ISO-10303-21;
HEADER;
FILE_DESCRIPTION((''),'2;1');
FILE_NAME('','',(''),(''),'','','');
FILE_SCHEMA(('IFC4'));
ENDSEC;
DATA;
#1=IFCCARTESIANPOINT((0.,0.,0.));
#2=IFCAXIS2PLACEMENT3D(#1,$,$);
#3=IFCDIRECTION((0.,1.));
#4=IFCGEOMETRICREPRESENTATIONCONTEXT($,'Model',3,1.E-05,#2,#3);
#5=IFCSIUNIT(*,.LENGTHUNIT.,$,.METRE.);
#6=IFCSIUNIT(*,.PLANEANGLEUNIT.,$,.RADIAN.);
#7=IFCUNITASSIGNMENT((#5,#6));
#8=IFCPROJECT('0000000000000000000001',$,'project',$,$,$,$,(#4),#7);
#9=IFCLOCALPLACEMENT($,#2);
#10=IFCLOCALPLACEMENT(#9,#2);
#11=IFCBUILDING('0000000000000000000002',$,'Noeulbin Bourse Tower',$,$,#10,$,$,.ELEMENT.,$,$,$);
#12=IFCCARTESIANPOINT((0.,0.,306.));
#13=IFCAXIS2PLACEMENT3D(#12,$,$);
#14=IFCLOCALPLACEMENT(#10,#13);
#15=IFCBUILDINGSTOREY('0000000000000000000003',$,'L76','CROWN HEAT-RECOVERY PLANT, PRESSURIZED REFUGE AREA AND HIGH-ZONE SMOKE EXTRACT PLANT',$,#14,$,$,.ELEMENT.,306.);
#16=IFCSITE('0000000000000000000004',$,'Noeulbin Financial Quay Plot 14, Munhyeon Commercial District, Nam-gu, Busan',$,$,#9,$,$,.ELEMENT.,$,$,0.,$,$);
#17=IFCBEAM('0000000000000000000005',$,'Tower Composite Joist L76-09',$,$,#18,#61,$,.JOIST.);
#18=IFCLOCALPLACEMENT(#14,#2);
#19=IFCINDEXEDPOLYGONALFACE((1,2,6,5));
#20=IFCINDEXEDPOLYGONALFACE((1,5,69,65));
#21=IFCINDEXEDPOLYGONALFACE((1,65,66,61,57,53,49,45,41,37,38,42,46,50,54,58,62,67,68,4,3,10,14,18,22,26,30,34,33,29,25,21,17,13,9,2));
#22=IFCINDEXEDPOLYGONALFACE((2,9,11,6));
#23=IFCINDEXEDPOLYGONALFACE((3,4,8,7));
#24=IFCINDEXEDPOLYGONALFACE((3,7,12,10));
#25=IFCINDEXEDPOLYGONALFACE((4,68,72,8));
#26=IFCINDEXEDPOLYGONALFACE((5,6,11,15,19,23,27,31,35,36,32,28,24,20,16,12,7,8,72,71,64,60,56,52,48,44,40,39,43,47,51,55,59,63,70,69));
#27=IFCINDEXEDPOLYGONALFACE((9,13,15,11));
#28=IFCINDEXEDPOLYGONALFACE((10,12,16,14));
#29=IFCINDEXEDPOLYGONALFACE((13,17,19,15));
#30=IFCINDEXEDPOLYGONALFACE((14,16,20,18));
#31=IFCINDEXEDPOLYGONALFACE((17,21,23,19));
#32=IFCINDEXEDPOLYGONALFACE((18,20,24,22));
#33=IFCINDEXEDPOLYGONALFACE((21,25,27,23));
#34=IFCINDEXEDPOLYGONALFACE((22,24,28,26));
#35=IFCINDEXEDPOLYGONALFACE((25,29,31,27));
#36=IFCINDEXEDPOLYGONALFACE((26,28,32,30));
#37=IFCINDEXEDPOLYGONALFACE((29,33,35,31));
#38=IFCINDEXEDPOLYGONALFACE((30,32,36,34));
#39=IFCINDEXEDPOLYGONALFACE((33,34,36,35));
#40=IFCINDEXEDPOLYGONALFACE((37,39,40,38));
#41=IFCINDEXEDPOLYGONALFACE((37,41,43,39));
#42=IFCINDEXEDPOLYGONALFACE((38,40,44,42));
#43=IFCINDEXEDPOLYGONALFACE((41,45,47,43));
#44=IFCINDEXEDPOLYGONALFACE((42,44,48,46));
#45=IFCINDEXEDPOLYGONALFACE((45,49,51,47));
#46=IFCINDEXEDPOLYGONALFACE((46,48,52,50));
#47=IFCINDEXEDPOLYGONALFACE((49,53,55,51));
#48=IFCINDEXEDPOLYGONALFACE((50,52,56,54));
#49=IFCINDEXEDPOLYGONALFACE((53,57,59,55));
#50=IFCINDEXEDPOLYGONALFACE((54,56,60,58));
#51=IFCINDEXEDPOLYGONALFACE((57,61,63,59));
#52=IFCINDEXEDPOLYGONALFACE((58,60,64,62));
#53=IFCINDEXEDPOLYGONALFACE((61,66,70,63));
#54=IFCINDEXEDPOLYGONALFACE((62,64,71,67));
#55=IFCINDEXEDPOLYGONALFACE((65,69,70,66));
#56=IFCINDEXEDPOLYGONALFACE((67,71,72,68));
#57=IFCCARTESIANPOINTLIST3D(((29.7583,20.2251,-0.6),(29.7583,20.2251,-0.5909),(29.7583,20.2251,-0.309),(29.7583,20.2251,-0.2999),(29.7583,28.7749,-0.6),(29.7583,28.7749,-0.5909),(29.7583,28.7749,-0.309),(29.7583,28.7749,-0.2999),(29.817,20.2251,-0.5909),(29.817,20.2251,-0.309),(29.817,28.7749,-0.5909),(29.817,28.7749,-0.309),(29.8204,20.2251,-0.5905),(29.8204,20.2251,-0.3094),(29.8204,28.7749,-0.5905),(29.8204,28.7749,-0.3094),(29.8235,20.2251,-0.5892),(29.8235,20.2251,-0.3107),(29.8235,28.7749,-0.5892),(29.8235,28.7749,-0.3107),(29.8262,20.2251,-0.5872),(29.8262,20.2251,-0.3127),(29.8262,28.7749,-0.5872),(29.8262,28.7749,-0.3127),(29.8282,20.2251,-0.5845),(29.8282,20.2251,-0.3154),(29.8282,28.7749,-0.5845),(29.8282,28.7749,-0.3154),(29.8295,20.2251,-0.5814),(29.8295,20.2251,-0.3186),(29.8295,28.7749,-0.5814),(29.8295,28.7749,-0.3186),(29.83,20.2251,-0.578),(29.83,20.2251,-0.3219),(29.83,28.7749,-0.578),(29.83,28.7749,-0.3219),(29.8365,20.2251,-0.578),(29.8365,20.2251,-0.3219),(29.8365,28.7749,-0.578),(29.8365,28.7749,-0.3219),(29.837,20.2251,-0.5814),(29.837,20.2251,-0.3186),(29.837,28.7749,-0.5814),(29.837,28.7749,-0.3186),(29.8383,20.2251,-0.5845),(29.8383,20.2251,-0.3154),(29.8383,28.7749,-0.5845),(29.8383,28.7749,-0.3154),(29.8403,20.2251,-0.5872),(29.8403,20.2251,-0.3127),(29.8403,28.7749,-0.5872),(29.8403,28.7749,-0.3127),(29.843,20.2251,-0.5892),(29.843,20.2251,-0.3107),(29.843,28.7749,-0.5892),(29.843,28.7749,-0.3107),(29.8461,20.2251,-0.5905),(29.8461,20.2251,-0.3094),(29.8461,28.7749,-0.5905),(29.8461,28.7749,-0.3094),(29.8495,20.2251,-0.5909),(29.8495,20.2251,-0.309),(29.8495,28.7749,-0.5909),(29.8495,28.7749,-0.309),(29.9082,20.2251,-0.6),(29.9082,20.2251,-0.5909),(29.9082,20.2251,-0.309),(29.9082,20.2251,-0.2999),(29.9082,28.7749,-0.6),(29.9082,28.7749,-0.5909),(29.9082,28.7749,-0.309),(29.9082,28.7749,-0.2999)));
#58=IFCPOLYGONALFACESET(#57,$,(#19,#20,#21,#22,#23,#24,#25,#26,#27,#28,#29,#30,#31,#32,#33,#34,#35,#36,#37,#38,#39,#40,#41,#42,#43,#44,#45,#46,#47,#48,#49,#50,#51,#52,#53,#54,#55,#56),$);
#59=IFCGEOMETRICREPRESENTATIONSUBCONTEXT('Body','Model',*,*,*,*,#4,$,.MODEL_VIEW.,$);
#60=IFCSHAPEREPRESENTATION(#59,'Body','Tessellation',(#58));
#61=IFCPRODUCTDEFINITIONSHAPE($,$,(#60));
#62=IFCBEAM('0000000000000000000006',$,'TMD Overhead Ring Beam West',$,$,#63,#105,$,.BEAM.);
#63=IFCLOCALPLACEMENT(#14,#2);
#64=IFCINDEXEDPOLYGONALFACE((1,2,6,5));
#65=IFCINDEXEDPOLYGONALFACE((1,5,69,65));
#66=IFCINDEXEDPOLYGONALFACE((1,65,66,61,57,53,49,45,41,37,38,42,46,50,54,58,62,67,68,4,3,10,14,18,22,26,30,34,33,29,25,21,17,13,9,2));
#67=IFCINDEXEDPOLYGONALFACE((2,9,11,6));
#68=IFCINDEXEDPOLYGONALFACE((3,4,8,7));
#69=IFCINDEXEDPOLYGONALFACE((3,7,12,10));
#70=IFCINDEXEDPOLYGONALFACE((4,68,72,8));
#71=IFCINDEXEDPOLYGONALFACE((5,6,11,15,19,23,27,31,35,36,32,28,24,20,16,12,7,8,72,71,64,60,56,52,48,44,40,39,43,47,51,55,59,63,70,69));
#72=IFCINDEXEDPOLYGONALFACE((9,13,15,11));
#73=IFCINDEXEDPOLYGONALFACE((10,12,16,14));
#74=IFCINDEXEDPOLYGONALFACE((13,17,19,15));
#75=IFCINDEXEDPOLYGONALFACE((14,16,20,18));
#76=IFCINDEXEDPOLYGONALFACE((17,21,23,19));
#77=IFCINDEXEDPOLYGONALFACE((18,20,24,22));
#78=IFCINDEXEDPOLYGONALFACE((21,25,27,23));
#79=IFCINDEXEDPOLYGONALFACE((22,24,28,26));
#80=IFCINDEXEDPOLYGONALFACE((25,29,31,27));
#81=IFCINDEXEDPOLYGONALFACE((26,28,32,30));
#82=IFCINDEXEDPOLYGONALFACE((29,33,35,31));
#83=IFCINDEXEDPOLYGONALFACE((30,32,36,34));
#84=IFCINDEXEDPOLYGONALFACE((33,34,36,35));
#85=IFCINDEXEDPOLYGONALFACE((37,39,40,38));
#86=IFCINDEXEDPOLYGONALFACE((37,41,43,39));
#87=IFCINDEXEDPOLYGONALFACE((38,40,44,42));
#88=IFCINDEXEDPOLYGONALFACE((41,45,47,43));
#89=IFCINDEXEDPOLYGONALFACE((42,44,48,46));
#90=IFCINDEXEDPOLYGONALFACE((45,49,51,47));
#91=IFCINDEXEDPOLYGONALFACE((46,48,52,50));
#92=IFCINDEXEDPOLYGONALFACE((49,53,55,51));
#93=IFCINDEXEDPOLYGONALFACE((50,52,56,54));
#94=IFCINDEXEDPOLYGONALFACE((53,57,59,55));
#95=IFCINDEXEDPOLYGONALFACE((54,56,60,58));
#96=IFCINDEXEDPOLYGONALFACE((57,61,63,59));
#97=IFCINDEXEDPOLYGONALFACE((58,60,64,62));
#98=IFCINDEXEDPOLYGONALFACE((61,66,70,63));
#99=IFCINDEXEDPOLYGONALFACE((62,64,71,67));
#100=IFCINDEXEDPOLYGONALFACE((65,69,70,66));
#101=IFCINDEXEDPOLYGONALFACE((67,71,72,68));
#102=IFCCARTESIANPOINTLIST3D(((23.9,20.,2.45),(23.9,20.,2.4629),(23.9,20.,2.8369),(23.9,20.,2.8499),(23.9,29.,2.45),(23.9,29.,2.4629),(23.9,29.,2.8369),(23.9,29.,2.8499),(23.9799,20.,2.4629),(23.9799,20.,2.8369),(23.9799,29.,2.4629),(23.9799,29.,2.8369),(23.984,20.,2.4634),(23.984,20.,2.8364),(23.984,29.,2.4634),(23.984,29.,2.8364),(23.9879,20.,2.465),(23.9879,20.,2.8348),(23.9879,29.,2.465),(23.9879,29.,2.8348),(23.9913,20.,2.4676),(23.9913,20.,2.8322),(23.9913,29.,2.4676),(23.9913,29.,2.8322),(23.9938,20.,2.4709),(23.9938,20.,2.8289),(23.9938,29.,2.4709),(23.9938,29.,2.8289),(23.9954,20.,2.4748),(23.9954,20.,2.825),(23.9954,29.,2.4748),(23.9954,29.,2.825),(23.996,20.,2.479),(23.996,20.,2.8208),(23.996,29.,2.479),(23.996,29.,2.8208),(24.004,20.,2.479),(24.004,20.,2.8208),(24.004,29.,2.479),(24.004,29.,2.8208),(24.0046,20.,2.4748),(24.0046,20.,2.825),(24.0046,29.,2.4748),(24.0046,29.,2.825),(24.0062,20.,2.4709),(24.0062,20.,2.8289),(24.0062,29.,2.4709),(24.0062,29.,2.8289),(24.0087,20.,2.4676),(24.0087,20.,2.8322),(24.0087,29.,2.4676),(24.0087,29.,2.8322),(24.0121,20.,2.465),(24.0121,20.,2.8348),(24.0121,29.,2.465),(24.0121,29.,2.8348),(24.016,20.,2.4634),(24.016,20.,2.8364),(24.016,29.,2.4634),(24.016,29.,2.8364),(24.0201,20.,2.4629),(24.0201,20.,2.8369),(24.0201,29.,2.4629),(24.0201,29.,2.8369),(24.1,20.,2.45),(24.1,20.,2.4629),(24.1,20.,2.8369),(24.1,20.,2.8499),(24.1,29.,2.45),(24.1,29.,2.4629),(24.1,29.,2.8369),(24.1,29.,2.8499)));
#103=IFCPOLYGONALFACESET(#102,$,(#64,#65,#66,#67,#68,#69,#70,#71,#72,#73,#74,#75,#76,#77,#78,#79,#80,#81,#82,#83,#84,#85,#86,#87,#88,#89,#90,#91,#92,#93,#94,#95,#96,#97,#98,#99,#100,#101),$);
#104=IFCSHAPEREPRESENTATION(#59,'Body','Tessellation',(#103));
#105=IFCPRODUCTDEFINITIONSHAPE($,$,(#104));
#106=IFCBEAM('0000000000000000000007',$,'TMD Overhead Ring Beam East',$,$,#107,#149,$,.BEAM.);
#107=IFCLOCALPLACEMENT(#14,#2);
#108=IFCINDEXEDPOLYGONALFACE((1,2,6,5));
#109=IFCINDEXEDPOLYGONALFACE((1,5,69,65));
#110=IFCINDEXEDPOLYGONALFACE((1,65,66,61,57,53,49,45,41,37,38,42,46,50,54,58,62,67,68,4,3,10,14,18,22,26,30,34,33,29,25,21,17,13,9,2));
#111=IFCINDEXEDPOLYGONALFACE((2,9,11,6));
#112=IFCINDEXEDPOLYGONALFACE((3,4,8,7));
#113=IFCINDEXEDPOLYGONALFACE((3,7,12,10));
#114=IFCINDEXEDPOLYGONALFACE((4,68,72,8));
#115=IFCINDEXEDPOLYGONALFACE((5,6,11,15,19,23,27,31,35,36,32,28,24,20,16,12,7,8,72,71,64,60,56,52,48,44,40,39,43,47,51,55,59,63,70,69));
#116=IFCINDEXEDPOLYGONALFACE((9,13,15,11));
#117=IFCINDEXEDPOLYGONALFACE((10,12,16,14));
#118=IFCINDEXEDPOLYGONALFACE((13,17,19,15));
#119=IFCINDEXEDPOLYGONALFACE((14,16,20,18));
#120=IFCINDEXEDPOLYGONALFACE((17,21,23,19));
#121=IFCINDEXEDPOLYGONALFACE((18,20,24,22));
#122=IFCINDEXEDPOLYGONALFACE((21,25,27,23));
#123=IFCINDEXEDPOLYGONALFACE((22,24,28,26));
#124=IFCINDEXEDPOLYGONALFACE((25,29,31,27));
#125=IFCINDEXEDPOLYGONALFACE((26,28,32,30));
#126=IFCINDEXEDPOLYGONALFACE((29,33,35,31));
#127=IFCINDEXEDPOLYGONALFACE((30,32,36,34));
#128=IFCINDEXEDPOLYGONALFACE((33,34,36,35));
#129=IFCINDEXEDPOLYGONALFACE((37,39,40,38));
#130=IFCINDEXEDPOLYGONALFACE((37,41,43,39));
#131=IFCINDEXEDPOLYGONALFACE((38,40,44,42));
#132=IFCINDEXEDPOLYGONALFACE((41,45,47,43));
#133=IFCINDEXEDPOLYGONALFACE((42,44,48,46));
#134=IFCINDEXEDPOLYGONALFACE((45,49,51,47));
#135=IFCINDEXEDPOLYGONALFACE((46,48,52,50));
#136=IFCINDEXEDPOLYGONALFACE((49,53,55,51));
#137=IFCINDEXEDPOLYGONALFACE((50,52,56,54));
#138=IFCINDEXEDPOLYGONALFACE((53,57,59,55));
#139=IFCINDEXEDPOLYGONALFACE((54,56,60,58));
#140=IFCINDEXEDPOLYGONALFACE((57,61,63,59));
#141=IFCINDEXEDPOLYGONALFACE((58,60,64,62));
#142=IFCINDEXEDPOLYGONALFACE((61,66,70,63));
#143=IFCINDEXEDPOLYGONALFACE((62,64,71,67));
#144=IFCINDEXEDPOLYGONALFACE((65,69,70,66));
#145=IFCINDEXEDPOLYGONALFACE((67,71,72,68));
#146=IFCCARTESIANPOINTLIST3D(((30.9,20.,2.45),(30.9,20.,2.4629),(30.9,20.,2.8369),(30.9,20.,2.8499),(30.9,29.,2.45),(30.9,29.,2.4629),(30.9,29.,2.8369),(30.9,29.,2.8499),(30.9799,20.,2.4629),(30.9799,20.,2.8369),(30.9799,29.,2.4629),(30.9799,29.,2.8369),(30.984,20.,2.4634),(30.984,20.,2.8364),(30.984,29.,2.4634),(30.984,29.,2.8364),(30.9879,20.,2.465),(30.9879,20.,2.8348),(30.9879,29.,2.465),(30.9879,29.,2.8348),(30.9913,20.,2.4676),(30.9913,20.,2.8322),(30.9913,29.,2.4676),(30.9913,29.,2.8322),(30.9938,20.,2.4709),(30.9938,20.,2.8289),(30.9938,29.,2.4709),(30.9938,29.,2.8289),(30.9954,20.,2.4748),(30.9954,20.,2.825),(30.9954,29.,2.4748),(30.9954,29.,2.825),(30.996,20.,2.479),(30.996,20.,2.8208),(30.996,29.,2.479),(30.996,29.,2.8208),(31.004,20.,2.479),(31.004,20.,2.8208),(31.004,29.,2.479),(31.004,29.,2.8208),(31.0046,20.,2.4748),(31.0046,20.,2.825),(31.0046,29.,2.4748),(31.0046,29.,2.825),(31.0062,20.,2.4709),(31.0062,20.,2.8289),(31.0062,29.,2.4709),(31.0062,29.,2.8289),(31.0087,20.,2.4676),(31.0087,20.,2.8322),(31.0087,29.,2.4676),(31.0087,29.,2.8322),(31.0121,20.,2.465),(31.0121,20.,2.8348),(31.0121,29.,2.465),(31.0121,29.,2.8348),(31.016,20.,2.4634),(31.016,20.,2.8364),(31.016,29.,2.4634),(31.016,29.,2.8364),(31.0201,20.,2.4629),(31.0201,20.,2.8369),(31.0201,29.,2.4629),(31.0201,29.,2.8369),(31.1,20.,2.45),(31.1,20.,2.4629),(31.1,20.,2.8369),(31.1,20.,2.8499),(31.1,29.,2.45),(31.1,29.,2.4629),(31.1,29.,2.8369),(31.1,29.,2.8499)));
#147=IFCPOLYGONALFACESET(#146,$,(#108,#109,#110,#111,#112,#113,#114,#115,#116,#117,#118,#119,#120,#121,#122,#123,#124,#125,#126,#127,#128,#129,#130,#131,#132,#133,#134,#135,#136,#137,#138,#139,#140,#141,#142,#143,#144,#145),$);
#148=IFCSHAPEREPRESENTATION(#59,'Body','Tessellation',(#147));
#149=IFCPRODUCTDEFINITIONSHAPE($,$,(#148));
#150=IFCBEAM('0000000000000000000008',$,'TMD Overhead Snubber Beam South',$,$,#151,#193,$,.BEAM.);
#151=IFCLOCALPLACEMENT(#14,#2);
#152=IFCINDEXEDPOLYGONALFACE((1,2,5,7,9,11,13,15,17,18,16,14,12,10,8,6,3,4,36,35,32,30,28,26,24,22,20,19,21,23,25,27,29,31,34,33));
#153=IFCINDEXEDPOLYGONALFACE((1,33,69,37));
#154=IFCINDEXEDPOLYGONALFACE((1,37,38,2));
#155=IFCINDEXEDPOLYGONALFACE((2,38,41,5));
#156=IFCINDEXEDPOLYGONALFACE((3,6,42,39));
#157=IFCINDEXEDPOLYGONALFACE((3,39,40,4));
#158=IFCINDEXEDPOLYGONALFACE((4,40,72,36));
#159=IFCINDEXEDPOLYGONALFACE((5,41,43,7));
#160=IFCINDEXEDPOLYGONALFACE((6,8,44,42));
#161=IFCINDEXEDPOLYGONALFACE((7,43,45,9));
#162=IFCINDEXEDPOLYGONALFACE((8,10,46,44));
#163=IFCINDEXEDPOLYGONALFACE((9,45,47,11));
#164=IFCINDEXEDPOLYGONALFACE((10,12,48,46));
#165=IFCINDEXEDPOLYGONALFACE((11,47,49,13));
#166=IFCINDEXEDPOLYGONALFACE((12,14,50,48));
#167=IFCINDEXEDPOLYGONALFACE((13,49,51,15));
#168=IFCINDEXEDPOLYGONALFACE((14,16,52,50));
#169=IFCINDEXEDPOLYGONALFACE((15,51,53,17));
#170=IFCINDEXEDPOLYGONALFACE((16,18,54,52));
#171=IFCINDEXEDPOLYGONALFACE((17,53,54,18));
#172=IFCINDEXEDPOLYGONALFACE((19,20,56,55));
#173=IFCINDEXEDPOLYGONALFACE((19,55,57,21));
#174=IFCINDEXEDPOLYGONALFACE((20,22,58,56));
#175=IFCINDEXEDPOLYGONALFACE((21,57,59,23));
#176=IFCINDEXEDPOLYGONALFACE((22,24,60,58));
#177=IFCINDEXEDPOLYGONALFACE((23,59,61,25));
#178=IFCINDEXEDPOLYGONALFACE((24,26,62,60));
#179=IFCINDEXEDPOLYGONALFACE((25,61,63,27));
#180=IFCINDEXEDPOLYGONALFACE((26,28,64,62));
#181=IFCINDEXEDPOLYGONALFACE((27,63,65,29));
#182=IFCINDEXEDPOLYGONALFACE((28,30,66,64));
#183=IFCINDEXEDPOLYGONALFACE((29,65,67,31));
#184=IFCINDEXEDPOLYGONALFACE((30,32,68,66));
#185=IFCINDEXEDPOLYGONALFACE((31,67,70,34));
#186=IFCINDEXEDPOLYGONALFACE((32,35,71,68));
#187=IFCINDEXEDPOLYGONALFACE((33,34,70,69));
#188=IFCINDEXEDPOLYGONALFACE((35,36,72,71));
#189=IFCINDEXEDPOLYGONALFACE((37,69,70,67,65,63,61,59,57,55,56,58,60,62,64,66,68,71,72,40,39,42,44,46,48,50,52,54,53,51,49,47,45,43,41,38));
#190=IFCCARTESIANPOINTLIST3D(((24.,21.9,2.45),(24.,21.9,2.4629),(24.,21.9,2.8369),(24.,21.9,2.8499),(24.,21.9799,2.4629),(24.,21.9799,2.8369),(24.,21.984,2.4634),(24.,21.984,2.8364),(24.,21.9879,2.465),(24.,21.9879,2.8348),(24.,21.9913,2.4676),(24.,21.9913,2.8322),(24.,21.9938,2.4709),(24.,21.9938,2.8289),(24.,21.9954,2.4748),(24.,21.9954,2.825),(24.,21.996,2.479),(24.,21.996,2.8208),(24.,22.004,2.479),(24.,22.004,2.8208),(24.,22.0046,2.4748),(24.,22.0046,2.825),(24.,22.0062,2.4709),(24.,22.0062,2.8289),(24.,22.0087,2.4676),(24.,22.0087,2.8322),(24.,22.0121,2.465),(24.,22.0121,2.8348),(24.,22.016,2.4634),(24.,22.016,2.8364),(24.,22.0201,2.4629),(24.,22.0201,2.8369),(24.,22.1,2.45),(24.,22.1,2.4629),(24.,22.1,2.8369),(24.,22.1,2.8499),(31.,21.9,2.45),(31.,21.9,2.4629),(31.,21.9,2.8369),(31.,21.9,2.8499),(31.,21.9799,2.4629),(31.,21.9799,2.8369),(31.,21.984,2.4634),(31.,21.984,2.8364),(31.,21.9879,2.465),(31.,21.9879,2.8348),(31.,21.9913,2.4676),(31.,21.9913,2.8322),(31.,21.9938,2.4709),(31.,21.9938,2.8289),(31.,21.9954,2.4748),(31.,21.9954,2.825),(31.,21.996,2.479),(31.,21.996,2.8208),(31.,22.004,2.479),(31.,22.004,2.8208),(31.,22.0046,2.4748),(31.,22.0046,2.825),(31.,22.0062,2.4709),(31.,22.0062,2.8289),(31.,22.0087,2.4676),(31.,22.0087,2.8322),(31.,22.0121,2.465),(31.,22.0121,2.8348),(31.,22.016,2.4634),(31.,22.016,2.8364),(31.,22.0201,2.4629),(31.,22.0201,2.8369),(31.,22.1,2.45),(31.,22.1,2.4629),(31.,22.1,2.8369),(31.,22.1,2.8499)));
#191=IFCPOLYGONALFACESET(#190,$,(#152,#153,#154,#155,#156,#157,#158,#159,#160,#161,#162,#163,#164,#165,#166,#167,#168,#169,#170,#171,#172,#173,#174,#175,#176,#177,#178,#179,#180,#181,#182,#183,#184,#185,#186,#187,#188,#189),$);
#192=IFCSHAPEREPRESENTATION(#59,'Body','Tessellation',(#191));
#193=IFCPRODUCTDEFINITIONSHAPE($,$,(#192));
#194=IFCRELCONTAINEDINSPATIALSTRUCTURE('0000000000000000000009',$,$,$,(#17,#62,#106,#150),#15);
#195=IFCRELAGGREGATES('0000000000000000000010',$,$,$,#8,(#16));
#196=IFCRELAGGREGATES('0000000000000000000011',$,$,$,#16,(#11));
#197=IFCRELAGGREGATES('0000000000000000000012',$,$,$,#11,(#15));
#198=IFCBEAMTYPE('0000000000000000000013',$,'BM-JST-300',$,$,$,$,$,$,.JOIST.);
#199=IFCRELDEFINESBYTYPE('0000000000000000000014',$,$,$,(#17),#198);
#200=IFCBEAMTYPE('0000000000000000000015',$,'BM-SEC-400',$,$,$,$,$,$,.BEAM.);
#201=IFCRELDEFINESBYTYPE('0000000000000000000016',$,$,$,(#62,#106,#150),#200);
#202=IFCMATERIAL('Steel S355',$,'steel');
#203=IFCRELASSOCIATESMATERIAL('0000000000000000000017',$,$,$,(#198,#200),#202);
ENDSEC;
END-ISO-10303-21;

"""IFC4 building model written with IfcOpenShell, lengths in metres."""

from ifc_helpers import new_model, si_unit, direction, frame, origin, origin_2d, place, context, subcontext, project, spatial, i_section, extrude, material, material_profile, profile_set, type_object, element, save


model = new_model("IFC4")

# Units and contexts
model_context = context("Model", 3, precision=1e-05, world=origin(), true_north=direction((0.0, 1.0)))
body_context = subcontext(model_context, "Body", "Model", "MODEL_VIEW")
ifc_project = project(units=[si_unit("LENGTHUNIT", "METRE"), si_unit("PLANEANGLEUNIT", "RADIAN")], contexts=[model_context])

# Site, building, storey
site_placement = place(None, origin())
site = spatial("IfcSite", under=ifc_project, at=site_placement, Name="Noeulbin Financial Quay Plot 14, Munhyeon Commercial District, Nam-gu, Busan", CompositionType="ELEMENT", RefElevation=0.0)
building_placement = place(site_placement, origin())
building = spatial("IfcBuilding", under=site, at=building_placement, Name="Noeulbin Bourse Tower", CompositionType="ELEMENT")
storey_placement = place(building_placement, frame((0.0, 0.0, 306.0)))
storey = spatial("IfcBuildingStorey", under=building, at=storey_placement, Name="L76", Description="CROWN HEAT-RECOVERY PLANT, PRESSURIZED REFUGE AREA AND HIGH-ZONE SMOKE EXTRACT PLANT", CompositionType="ELEMENT", Elevation=306.0)

# Shared definitions
ifc_material_1 = material(Name="Steel S355", Category="steel")

# Beams
ifc_material_profile_1 = material_profile(ifc_material_1, i_section(OverallWidth=0.1499, OverallDepth=0.3, WebThickness=0.0066, FlangeThickness=0.009, FilletRadius=0.0129, at=origin_2d()), Name="H-300x150x6.5x9", Category="LoadBearing")
ifc_profile_set_1 = profile_set([ifc_material_profile_1], Name="Steel S355")
beam_type_1 = type_object("IfcBeamType", Name="BM-JST-300", PredefinedType="JOIST", material=ifc_profile_set_1)
for number, where, z_axis, x_axis, name in (
    (1, (29.8333, 20.2251, -0.45), (0.0, 1.0, 0.0), (-1.0, 0.0, 0.0), "Tower Composite Joist L76-09"),
):
    element("IfcBeam", number, at=place(storey_placement, frame(where, z_axis=z_axis, x_axis=x_axis)), inside=storey, type_object=beam_type_1, Name=name, PredefinedType="JOIST", context=body_context, shape_type="SweptSolid", body=[
        extrude(i_section(OverallWidth=0.1499, OverallDepth=0.3, WebThickness=0.0066, FlangeThickness=0.009, FilletRadius=0.0129, at=origin_2d()), origin(), (0.0, 0.0, 1.0), 8.5498),
    ])
ifc_material_profile_2 = material_profile(ifc_material_1, i_section(OverallWidth=0.2, OverallDepth=0.3999, WebThickness=0.0081, FlangeThickness=0.0129, FilletRadius=0.0161, at=origin_2d()), Name="H-400x200x8x13", Category="LoadBearing")
ifc_profile_set_2 = profile_set([ifc_material_profile_2], Name="Steel S355")
beam_type_2 = type_object("IfcBeamType", Name="BM-SEC-400", PredefinedType="BEAM", material=ifc_profile_set_2)
for number, where, z_axis, x_axis, name in (
    (2, (24.0, 20.0, 2.6499), (0.0, 1.0, 0.0), (-1.0, 0.0, 0.0), "TMD Overhead Ring Beam West"),
    (3, (31.0, 20.0, 2.6499), (0.0, 1.0, 0.0), (-1.0, 0.0, 0.0), "TMD Overhead Ring Beam East"),
):
    element("IfcBeam", number, at=place(storey_placement, frame(where, z_axis=z_axis, x_axis=x_axis)), inside=storey, type_object=beam_type_2, Name=name, PredefinedType="BEAM", context=body_context, shape_type="SweptSolid", body=[
        extrude(i_section(OverallWidth=0.2, OverallDepth=0.3999, WebThickness=0.0081, FlangeThickness=0.0129, FilletRadius=0.0161, at=origin_2d()), origin(), (0.0, 0.0, 1.0), 9.0),
    ])
for number, where, z_axis, x_axis, name in (
    (4, (24.0, 22.0, 2.6499), (1.0, 0.0, 0.0), (0.0, 1.0, 0.0), "TMD Overhead Snubber Beam South"),
):
    element("IfcBeam", number, at=place(storey_placement, frame(where, z_axis=z_axis, x_axis=x_axis)), inside=storey, type_object=beam_type_2, Name=name, PredefinedType="BEAM", context=body_context, shape_type="SweptSolid", body=[
        extrude(i_section(OverallWidth=0.2, OverallDepth=0.3999, WebThickness=0.0081, FlangeThickness=0.0129, FilletRadius=0.0161, at=origin_2d()), origin(), (0.0, 0.0, 1.0), 7.0),
    ])

save(model, "model.ifc")
